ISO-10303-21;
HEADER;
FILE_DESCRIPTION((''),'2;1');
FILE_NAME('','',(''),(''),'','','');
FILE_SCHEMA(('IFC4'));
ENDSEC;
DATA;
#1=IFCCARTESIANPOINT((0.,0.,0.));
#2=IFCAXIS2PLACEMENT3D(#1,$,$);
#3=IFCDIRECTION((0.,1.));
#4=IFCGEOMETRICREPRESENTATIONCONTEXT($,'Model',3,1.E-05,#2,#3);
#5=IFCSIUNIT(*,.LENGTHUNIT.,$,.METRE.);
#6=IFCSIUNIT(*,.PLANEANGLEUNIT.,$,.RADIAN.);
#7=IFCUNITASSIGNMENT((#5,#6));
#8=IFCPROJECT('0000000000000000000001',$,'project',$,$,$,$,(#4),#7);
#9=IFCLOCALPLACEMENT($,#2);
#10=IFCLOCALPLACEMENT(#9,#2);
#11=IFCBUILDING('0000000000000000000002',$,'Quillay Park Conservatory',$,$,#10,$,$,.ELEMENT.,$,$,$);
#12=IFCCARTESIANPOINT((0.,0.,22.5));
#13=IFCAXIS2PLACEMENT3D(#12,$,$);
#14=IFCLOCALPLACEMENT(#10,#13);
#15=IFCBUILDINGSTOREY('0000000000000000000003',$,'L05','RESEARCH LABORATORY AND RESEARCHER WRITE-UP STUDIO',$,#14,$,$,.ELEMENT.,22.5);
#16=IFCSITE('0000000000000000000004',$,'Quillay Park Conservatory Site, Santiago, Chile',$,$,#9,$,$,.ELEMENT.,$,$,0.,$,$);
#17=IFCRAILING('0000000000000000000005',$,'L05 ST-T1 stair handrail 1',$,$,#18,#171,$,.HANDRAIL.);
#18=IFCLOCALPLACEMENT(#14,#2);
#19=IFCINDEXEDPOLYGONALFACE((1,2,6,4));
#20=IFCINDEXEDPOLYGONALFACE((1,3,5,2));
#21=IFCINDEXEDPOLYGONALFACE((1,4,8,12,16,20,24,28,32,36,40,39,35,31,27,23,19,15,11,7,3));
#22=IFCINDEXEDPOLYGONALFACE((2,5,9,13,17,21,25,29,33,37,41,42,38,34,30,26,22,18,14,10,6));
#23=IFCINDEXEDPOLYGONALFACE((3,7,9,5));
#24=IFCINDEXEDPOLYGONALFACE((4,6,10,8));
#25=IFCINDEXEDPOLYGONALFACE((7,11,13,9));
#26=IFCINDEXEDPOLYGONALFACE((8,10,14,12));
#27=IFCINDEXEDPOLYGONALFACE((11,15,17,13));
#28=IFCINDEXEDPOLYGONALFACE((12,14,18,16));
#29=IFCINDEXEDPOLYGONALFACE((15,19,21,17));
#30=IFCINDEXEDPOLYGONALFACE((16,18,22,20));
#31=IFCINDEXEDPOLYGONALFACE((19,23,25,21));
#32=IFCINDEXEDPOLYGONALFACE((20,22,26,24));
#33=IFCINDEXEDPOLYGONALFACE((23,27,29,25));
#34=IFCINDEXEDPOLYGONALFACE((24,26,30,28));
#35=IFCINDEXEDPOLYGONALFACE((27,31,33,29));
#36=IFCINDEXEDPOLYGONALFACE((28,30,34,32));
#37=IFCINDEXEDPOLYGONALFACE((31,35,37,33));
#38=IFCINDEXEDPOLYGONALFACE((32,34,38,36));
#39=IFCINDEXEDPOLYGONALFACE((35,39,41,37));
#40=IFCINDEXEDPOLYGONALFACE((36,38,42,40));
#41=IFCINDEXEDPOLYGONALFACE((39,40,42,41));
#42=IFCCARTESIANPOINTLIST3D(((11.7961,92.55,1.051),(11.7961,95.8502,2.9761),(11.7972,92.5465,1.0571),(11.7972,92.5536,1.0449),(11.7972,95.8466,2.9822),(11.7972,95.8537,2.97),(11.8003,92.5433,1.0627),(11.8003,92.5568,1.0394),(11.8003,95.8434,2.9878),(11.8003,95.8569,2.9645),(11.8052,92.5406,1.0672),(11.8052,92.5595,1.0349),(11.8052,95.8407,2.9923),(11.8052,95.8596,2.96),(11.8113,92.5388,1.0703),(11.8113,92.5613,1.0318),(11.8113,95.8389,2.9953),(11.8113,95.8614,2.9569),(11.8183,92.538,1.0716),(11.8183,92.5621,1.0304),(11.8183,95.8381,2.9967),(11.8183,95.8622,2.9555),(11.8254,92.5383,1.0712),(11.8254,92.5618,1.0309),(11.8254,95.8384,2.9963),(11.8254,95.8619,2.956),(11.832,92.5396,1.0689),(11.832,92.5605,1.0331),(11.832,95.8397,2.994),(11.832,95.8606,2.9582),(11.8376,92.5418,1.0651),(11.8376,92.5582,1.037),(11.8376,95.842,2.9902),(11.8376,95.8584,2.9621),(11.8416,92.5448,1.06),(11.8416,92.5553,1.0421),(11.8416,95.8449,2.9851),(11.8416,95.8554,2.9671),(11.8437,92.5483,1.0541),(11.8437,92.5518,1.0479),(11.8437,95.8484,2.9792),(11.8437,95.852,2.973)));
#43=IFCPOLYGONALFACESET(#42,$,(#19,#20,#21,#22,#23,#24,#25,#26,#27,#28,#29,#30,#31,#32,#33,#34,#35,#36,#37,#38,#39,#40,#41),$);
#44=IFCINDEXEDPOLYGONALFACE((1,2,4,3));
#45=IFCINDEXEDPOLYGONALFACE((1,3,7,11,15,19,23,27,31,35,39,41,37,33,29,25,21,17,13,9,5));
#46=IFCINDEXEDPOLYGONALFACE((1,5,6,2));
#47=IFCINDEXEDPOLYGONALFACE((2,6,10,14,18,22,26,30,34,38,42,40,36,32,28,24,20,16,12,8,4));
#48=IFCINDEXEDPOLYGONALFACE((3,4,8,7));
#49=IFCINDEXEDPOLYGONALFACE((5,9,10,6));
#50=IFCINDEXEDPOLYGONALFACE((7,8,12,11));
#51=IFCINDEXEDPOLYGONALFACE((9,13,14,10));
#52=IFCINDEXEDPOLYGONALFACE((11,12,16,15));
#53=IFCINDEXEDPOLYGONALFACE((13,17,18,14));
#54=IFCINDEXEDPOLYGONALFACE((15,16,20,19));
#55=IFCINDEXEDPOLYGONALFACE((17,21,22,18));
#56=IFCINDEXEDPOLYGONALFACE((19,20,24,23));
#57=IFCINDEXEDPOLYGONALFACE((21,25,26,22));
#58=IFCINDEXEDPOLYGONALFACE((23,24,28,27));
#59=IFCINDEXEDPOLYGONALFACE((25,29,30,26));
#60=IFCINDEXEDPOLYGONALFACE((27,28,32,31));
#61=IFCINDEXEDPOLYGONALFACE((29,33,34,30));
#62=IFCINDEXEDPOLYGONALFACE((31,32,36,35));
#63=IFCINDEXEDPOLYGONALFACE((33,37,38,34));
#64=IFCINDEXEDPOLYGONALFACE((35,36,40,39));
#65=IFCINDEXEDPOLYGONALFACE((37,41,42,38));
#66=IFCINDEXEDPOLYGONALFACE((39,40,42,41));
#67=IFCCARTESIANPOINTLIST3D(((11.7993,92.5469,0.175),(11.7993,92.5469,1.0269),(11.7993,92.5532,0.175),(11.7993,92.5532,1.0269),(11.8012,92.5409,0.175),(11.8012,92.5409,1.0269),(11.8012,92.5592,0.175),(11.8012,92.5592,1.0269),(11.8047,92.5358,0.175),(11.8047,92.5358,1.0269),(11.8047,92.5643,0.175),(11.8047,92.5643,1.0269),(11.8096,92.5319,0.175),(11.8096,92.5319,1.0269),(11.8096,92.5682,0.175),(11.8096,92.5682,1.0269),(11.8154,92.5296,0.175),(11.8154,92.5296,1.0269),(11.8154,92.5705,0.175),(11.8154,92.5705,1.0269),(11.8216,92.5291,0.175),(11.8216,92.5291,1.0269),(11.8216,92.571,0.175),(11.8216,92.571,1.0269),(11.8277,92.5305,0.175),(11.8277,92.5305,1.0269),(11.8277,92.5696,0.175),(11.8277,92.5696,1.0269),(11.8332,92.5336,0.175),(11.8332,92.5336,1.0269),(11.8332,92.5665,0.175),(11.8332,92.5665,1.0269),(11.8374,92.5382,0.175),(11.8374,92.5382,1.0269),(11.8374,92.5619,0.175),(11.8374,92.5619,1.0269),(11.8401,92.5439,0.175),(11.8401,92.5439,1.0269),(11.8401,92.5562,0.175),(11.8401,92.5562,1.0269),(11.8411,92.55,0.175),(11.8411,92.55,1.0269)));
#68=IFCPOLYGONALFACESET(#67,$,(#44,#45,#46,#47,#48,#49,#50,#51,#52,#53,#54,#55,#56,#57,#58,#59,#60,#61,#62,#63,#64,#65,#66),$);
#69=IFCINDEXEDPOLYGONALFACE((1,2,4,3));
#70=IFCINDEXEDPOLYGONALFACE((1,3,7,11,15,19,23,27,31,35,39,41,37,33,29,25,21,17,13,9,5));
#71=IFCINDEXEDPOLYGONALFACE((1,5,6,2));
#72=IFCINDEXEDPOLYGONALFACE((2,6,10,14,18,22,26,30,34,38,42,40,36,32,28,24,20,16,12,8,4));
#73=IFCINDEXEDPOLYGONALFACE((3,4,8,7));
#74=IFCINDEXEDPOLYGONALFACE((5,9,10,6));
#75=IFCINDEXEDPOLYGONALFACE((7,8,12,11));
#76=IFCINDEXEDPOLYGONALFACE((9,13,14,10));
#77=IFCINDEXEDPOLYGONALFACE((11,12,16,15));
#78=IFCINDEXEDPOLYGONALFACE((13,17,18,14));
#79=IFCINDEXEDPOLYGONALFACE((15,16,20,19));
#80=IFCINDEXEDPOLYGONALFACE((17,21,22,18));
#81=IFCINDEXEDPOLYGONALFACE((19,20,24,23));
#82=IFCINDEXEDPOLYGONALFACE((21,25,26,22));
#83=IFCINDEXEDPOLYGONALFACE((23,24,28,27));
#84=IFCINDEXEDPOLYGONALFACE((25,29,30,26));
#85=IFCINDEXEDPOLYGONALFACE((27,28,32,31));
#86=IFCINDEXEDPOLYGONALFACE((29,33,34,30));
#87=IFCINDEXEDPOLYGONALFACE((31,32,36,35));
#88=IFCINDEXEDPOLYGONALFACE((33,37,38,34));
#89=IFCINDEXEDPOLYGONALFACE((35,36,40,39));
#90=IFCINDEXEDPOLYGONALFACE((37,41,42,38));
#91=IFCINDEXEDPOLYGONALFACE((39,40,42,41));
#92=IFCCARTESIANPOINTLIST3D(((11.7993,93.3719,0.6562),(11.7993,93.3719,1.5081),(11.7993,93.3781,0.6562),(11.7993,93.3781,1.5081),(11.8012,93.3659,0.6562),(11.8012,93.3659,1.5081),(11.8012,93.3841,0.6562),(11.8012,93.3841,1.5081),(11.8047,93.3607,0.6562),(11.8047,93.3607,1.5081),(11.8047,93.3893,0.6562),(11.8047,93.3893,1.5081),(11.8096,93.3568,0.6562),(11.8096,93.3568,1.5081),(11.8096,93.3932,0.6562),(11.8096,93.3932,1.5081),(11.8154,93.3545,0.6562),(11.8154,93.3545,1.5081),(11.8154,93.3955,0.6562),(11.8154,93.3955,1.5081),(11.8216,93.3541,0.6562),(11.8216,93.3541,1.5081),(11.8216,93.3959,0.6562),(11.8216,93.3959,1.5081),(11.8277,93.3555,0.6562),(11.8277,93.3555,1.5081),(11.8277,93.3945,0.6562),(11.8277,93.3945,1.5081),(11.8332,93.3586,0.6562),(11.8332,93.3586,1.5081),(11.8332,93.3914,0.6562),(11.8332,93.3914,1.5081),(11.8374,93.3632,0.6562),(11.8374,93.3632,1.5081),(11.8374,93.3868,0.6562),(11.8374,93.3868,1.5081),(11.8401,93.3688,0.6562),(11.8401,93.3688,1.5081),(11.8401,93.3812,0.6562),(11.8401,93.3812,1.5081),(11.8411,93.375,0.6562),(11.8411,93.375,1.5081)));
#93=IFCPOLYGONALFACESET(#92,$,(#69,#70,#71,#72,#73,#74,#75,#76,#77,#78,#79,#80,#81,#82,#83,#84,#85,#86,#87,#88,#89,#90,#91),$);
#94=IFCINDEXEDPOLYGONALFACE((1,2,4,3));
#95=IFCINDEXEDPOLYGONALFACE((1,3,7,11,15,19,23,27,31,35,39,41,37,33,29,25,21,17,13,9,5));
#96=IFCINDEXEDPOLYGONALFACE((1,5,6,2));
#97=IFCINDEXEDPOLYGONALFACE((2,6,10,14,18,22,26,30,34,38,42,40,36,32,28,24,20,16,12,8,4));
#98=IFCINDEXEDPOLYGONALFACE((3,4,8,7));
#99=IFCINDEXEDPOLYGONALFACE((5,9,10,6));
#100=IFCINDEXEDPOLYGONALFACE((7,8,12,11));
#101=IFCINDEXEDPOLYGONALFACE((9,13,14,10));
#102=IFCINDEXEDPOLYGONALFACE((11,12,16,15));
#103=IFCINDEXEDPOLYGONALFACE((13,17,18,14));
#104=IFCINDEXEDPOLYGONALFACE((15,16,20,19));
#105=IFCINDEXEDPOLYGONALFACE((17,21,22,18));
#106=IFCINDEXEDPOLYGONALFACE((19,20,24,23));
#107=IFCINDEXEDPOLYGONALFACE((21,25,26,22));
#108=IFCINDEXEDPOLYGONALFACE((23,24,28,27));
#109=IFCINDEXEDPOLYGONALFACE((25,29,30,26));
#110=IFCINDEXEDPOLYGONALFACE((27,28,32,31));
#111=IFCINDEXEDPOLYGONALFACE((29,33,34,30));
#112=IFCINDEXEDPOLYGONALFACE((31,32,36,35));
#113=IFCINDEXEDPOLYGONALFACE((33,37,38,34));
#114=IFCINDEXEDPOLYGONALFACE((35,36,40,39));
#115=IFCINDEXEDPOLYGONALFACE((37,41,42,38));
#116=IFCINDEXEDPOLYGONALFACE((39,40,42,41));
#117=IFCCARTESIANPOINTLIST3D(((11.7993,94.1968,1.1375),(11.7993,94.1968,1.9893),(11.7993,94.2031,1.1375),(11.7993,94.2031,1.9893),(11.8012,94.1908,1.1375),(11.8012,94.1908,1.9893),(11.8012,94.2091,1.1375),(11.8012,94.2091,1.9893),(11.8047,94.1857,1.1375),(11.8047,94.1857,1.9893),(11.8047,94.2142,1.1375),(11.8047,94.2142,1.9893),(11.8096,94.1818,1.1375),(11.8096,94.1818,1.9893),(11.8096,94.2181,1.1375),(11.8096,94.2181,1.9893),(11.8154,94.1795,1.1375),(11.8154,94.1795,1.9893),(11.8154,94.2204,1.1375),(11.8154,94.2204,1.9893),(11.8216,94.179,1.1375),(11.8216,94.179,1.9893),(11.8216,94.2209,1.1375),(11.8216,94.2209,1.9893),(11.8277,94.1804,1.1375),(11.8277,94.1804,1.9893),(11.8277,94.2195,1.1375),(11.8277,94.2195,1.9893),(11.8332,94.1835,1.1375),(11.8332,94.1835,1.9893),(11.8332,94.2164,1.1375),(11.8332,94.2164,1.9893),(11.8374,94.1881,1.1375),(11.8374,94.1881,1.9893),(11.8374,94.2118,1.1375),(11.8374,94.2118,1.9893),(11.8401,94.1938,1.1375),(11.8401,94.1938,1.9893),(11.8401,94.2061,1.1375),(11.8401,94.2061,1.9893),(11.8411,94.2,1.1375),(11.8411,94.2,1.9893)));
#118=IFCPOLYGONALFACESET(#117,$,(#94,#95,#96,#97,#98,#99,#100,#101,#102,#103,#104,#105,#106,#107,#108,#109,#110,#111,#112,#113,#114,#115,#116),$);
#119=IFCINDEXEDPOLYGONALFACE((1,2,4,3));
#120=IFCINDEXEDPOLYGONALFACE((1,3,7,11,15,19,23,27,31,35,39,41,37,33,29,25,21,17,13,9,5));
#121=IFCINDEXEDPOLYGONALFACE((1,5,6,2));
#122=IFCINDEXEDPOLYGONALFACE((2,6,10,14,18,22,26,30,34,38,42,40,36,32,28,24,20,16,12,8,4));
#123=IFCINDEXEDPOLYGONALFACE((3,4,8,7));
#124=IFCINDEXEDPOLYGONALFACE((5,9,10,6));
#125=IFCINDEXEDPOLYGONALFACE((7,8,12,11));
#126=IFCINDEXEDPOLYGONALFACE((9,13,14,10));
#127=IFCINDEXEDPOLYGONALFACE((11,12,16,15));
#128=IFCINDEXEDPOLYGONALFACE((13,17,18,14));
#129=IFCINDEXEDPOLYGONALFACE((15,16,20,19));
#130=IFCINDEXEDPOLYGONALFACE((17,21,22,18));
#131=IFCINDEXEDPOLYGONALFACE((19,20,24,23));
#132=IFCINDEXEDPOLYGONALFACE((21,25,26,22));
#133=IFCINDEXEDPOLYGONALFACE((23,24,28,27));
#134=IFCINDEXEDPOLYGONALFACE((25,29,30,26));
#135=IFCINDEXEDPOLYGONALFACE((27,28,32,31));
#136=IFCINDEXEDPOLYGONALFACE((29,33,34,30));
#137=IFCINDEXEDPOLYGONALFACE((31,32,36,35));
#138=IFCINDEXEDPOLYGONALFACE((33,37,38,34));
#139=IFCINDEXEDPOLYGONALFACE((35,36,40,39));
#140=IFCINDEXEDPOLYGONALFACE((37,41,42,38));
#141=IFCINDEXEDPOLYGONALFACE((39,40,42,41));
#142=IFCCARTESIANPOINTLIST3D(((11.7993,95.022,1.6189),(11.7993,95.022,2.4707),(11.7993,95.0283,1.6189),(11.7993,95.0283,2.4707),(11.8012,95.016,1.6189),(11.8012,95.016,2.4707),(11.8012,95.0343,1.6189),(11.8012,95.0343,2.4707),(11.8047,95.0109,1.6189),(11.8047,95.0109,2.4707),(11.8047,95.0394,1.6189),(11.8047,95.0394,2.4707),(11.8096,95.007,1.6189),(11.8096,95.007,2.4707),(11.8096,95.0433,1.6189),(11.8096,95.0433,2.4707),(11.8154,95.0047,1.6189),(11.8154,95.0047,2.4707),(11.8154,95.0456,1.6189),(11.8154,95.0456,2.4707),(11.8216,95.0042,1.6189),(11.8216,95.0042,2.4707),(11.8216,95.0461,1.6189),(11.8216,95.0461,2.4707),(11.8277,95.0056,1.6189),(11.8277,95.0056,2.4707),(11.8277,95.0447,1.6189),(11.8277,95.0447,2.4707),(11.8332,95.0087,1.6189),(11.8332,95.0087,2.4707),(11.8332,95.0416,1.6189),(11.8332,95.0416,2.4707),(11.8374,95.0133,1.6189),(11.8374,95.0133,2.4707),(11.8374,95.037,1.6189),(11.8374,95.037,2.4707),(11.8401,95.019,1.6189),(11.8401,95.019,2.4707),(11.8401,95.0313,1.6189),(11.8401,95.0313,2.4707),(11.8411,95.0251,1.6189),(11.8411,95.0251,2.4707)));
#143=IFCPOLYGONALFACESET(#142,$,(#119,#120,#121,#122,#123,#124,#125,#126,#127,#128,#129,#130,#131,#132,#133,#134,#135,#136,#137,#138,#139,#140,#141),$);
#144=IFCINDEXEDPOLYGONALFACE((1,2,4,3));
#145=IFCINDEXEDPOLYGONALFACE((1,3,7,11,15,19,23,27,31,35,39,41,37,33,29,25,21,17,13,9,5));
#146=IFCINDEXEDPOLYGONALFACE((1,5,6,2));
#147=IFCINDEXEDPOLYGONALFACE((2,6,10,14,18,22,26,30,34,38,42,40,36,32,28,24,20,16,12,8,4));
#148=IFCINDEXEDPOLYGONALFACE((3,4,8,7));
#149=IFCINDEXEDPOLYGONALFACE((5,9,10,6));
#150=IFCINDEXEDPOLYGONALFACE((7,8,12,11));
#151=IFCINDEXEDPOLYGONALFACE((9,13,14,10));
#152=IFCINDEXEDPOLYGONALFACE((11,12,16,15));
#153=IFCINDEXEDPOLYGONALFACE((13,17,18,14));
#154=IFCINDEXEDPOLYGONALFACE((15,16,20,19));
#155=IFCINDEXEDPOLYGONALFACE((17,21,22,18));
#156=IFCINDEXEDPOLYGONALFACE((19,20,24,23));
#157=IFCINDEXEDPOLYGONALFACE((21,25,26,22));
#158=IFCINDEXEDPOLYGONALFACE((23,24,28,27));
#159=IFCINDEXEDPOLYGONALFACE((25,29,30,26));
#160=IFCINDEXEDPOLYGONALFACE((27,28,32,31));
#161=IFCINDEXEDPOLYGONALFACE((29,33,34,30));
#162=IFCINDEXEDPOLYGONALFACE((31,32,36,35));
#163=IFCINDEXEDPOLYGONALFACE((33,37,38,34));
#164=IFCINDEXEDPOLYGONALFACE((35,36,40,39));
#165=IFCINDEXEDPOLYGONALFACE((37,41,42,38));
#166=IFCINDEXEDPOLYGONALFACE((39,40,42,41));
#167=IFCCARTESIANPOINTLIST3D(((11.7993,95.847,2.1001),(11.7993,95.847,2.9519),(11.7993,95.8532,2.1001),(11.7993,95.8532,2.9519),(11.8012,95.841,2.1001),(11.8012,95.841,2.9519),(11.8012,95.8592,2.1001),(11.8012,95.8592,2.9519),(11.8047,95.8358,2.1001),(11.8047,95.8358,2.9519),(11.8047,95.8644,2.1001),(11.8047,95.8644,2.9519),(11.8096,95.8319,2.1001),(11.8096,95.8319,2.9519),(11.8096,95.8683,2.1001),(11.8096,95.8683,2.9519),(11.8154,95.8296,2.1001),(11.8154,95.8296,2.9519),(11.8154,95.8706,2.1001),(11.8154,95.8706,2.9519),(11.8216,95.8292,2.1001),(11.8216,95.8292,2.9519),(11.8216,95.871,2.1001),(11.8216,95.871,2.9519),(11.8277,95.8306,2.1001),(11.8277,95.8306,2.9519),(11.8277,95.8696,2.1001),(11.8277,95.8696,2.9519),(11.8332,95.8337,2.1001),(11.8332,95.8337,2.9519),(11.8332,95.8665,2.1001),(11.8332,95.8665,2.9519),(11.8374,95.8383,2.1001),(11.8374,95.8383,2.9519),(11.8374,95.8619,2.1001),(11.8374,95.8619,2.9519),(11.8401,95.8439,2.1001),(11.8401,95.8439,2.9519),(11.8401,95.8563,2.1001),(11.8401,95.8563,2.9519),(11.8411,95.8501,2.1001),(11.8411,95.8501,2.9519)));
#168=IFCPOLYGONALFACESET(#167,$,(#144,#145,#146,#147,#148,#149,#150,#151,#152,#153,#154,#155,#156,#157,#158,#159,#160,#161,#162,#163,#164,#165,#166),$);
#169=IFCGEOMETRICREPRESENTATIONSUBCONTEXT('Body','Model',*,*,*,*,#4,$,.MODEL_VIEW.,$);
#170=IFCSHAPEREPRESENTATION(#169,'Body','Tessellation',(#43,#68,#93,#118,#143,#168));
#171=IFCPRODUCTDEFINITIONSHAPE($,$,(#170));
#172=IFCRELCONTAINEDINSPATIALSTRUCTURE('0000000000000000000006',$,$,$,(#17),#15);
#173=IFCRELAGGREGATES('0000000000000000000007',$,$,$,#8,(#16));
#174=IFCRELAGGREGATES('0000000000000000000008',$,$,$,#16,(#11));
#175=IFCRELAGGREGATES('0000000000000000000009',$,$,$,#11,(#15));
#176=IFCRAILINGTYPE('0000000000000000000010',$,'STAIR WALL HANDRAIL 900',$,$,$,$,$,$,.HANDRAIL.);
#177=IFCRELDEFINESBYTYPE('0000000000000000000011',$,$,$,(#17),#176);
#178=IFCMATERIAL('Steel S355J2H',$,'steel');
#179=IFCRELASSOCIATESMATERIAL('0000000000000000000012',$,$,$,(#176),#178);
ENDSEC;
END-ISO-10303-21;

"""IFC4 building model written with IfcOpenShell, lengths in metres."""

from ifc_helpers import new_model, si_unit, direction, frame, origin, origin_2d, place, context, subcontext, project, spatial, circle, extrude, material, type_object, element, save


model = new_model("IFC4")

# Units and contexts
model_context = context("Model", 3, precision=1e-05, world=origin(), true_north=direction((0.0, 1.0)))
body_context = subcontext(model_context, "Body", "Model", "MODEL_VIEW")
ifc_project = project(units=[si_unit("LENGTHUNIT", "METRE"), si_unit("PLANEANGLEUNIT", "RADIAN")], contexts=[model_context])

# Site, building, storey
site_placement = place(None, origin())
site = spatial("IfcSite", under=ifc_project, at=site_placement, Name="Quillay Park Conservatory Site, Santiago, Chile", CompositionType="ELEMENT", RefElevation=0.0)
building_placement = place(site_placement, origin())
building = spatial("IfcBuilding", under=site, at=building_placement, Name="Quillay Park Conservatory", CompositionType="ELEMENT")
storey_placement = place(building_placement, frame((0.0, 0.0, 22.5)))
storey = spatial("IfcBuildingStorey", under=building, at=storey_placement, Name="L05", Description="RESEARCH LABORATORY AND RESEARCHER WRITE-UP STUDIO", CompositionType="ELEMENT", Elevation=22.5)

# Railing
ifc_material_1 = material(Name="Steel S355J2H", Category="steel")
railing_type_1 = type_object("IfcRailingType", Name="STAIR WALL HANDRAIL 900", PredefinedType="HANDRAIL", material=ifc_material_1)
railing_1_placement = place(storey_placement, frame((11.8201, 92.55, 0.175)))
element("IfcRailing", 1, at=railing_1_placement, inside=storey, type_object=railing_type_1, Name="L05 ST-T1 stair handrail 1", PredefinedType="HANDRAIL", context=body_context, shape_type="SweptSolid", body=[
    extrude(circle(Radius=0.0239, at=origin_2d()), frame((0.0, 0.0, 0.876), z_axis=(0.0, 0.863777, 0.503875), x_axis=(-1.0, 0.0, 0.0)), (0.0, 0.0, 1.0), 3.8206),
    extrude(circle(Radius=0.021, at=origin_2d()), origin(), (0.0, 0.0, 1.0), 0.8518),
    extrude(circle(Radius=0.021, at=origin_2d()), frame((0.0, 0.825, 0.4812)), (0.0, 0.0, 1.0), 0.8518),
    extrude(circle(Radius=0.021, at=origin_2d()), frame((0.0, 1.6499, 0.9624)), (0.0, 0.0, 1.0), 0.8518),
    extrude(circle(Radius=0.021, at=origin_2d()), frame((0.0, 2.4751, 1.4438)), (0.0, 0.0, 1.0), 0.8518),
    extrude(circle(Radius=0.021, at=origin_2d()), frame((0.0, 3.3, 1.925)), (0.0, 0.0, 1.0), 0.8518),
])

save(model, "model.ifc")
